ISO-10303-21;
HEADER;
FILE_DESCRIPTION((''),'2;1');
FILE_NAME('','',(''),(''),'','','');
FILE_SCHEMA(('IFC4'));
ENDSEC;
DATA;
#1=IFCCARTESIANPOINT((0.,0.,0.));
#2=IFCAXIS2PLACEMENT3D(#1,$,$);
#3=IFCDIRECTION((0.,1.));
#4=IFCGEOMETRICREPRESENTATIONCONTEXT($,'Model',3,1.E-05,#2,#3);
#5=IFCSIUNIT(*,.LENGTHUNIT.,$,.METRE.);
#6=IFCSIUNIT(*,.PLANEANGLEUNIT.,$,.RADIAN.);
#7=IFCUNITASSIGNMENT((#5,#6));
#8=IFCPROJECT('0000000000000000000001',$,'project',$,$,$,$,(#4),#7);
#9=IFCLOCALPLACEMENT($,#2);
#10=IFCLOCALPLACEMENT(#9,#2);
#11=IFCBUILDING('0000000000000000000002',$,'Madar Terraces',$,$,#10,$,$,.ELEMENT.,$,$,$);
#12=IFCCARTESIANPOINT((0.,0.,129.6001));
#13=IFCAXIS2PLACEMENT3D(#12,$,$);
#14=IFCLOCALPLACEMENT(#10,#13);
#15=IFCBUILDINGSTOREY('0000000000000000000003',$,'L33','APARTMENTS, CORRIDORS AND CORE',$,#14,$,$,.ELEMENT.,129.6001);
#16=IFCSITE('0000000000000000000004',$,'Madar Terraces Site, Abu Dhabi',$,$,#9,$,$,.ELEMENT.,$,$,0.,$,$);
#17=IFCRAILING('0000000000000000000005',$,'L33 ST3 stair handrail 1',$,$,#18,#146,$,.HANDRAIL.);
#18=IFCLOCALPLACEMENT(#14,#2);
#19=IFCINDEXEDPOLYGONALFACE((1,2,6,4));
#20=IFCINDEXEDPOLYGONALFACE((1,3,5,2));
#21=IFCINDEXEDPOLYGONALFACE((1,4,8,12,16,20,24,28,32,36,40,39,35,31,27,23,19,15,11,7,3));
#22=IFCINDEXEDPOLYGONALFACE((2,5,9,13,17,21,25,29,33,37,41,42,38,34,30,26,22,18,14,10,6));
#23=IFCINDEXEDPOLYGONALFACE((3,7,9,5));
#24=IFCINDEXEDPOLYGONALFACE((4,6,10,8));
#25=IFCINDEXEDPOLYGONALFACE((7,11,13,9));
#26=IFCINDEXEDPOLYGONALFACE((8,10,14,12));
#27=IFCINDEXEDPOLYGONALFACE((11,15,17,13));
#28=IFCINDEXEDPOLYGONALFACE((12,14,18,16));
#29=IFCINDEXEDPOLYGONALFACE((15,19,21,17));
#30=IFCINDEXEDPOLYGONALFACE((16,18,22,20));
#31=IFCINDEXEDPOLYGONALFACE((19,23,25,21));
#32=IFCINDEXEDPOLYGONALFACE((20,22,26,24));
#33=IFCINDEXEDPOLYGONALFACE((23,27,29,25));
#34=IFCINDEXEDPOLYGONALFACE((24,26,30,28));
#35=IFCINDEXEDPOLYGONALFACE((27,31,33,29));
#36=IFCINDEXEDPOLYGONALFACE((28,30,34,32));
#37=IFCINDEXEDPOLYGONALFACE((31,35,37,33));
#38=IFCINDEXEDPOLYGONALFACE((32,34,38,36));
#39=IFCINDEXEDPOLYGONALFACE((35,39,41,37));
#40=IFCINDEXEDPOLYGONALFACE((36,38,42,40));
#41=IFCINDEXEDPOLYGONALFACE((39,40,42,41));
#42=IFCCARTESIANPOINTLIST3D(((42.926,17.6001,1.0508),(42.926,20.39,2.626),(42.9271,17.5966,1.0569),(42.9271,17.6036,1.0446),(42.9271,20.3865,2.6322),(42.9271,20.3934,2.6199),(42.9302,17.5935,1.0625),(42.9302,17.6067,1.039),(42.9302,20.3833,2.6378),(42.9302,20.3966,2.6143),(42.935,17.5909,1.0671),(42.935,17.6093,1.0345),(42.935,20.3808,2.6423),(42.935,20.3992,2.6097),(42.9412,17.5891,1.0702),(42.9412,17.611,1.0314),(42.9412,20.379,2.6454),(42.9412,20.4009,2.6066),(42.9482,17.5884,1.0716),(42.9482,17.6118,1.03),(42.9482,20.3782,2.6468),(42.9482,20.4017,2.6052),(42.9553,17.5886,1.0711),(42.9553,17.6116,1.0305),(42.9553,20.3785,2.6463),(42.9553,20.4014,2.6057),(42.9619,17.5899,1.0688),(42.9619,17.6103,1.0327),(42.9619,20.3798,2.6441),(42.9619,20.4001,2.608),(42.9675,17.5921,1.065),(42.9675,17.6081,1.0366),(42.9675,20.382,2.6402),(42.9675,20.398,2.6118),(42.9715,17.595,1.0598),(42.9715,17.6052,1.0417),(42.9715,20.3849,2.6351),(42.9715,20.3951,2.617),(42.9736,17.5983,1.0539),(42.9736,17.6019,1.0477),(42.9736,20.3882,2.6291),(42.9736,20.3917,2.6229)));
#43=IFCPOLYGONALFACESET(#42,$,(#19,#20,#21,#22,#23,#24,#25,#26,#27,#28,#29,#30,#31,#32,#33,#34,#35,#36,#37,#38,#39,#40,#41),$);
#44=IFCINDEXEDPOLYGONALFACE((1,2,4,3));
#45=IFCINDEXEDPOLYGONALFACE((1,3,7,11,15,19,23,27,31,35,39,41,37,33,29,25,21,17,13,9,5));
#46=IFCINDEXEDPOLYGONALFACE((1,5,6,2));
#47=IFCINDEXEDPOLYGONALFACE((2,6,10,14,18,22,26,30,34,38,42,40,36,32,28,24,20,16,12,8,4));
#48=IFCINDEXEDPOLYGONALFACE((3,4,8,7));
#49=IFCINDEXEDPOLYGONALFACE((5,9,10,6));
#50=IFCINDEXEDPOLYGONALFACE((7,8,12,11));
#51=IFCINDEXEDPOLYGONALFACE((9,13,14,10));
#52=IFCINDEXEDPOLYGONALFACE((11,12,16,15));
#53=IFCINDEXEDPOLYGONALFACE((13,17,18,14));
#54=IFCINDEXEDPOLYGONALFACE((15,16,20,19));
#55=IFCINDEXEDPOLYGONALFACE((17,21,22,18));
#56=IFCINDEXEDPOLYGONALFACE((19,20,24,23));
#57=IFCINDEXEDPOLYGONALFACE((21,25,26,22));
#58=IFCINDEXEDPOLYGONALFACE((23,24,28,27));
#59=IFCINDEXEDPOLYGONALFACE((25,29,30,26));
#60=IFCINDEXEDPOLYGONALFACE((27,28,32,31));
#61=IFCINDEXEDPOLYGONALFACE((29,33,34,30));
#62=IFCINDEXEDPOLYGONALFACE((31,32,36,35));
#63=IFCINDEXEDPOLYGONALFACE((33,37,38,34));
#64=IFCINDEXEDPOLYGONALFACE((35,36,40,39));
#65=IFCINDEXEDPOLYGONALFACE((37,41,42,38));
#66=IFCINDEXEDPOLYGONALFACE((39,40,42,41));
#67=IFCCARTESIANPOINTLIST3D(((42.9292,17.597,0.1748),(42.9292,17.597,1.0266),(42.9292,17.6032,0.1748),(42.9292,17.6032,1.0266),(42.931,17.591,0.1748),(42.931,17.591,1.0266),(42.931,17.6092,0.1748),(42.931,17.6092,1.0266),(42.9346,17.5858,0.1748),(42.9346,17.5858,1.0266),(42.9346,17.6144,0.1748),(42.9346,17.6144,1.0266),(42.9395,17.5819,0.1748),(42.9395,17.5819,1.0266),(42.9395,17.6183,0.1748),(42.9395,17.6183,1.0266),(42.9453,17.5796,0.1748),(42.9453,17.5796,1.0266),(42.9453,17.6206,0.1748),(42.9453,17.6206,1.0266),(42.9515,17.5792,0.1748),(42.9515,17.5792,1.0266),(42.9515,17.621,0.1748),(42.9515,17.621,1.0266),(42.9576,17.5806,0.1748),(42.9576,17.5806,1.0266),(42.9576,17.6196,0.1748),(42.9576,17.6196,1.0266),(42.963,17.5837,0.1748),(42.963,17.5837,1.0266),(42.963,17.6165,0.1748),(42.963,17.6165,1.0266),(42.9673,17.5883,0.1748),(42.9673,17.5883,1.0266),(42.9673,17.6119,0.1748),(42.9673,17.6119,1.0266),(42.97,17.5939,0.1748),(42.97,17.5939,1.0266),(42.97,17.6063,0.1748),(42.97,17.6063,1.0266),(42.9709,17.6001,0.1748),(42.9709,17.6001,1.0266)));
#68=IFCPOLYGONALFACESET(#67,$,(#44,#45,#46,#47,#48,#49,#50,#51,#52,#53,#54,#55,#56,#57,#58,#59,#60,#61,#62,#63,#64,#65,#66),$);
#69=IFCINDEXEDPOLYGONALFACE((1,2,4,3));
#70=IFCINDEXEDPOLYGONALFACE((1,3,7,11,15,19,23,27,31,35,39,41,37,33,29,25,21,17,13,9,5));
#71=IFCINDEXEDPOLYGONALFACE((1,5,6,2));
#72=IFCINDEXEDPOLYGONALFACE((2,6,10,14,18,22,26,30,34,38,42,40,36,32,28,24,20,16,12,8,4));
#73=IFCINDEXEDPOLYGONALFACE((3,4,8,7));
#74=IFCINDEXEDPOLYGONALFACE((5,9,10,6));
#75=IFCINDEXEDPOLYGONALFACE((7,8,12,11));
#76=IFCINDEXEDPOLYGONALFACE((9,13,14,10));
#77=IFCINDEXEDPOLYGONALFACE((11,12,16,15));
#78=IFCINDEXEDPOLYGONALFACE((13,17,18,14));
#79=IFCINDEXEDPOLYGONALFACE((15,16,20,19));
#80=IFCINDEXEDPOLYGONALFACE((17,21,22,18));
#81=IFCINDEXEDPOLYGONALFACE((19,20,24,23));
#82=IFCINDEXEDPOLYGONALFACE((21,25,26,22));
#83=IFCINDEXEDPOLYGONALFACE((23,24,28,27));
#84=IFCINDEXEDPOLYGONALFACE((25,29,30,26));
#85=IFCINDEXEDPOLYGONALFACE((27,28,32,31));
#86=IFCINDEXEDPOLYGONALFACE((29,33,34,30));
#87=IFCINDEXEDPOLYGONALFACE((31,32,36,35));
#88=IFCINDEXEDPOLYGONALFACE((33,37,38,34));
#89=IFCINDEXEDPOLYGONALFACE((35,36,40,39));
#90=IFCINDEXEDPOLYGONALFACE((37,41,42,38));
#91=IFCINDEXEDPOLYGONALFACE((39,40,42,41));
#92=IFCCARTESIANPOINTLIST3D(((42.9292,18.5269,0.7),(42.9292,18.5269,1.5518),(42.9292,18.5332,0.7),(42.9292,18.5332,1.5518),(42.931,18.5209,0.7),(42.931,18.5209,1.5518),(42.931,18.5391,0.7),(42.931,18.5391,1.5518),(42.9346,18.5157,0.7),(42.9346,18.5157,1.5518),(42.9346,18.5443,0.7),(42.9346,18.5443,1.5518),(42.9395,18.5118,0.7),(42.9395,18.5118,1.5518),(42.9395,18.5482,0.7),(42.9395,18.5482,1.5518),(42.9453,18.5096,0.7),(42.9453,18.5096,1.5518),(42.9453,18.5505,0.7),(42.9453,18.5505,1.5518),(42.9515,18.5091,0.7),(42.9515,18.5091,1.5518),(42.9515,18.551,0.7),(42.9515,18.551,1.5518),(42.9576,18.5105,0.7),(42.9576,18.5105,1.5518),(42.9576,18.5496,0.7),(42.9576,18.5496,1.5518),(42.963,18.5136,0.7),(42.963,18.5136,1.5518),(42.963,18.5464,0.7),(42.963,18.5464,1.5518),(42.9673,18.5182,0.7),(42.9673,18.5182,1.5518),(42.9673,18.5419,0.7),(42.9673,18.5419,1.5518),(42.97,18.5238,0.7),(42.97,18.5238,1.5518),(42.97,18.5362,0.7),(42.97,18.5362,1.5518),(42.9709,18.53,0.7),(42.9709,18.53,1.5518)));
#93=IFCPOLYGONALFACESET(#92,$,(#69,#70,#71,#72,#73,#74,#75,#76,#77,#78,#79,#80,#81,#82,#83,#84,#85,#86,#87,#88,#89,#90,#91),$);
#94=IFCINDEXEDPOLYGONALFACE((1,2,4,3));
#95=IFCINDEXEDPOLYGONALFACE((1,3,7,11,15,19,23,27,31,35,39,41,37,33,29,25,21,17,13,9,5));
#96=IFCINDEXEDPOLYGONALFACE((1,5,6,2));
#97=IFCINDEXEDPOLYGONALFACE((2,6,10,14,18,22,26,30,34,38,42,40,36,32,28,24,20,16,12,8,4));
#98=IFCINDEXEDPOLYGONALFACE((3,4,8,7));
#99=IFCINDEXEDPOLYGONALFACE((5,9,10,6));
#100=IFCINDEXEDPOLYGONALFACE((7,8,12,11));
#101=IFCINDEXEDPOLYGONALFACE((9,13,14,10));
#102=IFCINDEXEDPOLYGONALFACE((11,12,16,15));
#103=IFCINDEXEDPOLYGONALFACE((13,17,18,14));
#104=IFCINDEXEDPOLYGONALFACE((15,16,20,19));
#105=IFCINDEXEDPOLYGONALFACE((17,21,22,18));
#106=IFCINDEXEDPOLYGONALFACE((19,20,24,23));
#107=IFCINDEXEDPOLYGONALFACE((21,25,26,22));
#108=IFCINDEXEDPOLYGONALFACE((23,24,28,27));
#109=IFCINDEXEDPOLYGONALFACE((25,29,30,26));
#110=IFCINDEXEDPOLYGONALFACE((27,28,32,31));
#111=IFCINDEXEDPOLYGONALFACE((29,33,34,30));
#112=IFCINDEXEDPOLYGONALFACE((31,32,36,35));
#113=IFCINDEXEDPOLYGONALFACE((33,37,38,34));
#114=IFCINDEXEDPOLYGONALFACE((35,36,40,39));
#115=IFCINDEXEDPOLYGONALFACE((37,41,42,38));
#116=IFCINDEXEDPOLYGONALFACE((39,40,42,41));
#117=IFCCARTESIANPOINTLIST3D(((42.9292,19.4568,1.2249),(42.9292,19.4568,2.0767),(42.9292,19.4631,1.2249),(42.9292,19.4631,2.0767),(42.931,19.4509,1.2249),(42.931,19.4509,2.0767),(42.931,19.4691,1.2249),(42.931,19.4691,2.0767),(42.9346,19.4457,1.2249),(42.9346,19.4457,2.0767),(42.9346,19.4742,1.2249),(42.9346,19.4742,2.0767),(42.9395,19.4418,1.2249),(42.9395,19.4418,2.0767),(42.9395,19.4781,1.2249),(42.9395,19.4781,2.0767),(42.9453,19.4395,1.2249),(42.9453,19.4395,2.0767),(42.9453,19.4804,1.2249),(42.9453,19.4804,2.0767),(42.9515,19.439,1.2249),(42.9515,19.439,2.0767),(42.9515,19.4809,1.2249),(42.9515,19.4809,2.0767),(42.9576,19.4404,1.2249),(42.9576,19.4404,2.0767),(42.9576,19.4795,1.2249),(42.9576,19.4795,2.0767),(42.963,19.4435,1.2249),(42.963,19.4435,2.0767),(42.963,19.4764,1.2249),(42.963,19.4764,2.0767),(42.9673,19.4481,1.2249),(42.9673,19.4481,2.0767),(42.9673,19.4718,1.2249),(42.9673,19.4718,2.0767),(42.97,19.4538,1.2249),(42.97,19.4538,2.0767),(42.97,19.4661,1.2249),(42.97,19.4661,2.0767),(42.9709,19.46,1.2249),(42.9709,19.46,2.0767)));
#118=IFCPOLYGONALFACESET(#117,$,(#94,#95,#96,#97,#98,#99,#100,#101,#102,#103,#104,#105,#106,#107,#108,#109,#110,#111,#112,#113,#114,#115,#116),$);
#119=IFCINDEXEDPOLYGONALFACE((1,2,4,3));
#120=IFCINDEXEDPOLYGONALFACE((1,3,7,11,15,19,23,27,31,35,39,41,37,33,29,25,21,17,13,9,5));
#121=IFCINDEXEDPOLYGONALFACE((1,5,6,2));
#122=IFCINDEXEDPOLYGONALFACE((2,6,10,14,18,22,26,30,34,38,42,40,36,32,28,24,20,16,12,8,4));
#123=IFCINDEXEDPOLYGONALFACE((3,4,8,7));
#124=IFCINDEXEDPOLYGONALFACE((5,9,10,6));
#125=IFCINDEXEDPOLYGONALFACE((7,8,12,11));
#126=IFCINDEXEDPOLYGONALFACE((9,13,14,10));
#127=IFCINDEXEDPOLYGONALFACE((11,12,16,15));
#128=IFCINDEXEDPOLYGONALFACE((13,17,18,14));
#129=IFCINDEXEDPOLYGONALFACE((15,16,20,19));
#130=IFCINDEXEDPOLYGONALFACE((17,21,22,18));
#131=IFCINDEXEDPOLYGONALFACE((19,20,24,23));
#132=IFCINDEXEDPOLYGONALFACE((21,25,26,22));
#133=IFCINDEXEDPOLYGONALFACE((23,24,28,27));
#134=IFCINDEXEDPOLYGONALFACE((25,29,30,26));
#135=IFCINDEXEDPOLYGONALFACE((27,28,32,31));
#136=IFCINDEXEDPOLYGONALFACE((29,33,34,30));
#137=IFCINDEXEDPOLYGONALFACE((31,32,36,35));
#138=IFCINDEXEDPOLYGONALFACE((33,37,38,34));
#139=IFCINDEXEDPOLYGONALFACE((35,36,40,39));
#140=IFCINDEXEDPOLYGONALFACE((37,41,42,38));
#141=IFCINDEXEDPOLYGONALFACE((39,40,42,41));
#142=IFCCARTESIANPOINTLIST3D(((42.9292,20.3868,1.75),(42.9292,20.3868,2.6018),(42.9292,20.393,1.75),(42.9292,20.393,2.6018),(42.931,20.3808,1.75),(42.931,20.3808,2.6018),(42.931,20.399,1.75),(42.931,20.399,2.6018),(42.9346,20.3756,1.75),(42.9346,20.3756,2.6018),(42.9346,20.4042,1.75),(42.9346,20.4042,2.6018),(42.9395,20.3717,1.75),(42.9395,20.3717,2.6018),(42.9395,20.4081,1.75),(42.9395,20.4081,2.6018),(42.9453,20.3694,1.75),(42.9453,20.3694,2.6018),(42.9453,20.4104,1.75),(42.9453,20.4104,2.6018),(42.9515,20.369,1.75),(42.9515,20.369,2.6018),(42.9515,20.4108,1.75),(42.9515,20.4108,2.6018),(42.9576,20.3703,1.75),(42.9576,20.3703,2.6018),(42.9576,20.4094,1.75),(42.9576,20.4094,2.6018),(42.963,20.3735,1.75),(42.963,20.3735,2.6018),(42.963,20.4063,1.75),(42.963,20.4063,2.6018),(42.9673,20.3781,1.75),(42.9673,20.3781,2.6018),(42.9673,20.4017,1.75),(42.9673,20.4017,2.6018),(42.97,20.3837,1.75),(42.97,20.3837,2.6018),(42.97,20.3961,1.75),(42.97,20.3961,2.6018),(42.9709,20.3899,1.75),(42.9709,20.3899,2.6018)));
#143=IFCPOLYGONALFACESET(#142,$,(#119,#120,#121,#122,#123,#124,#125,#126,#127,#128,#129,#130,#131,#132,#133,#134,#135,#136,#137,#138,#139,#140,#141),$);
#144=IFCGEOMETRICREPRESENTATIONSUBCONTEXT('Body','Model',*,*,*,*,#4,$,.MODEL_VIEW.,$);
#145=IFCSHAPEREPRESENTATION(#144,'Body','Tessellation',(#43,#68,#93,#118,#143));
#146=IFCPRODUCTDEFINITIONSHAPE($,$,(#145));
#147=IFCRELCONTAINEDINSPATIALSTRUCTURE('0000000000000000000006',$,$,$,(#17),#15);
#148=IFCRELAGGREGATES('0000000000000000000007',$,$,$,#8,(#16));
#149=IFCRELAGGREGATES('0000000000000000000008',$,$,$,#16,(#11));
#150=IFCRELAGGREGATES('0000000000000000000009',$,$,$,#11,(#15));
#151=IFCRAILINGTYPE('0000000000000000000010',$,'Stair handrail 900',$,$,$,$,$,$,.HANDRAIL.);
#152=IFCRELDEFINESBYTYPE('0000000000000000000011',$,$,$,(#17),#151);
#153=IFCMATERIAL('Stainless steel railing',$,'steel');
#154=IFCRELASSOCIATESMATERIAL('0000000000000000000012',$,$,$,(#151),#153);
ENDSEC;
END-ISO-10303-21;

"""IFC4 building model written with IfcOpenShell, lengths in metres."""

from ifc_helpers import new_model, si_unit, direction, frame, origin, origin_2d, place, context, subcontext, project, spatial, circle, extrude, material, type_object, element, save


model = new_model("IFC4")

# Units and contexts
model_context = context("Model", 3, precision=1e-05, world=origin(), true_north=direction((0.0, 1.0)))
body_context = subcontext(model_context, "Body", "Model", "MODEL_VIEW")
ifc_project = project(units=[si_unit("LENGTHUNIT", "METRE"), si_unit("PLANEANGLEUNIT", "RADIAN")], contexts=[model_context])

# Site, building, storey
site_placement = place(None, origin())
site = spatial("IfcSite", under=ifc_project, at=site_placement, Name="Madar Terraces Site, Abu Dhabi", CompositionType="ELEMENT", RefElevation=0.0)
building_placement = place(site_placement, origin())
building = spatial("IfcBuilding", under=site, at=building_placement, Name="Madar Terraces", CompositionType="ELEMENT")
storey_placement = place(building_placement, frame((0.0, 0.0, 129.6001)))
storey = spatial("IfcBuildingStorey", under=building, at=storey_placement, Name="L33", Description="APARTMENTS, CORRIDORS AND CORE", CompositionType="ELEMENT", Elevation=129.6001)

# Railing
ifc_material_1 = material(Name="Stainless steel railing", Category="steel")
railing_type_1 = type_object("IfcRailingType", Name="Stair handrail 900", PredefinedType="HANDRAIL", material=ifc_material_1)
railing_1_placement = place(storey_placement, frame((42.95, 17.6001, 0.1748)))
element("IfcRailing", 1, at=railing_1_placement, inside=storey, type_object=railing_type_1, Name="L33 ST3 stair handrail 1", PredefinedType="HANDRAIL", context=body_context, shape_type="SweptSolid", body=[
    extrude(circle(Radius=0.0239, at=origin_2d()), frame((0.0, 0.0, 0.876), z_axis=(0.0, 0.870783, 0.491668), x_axis=(-1.0, 0.0, 0.0)), (0.0, 0.0, 1.0), 3.2039),
    extrude(circle(Radius=0.021, at=origin_2d()), origin(), (0.0, 0.0, 1.0), 0.8518),
    extrude(circle(Radius=0.021, at=origin_2d()), frame((0.0, 0.9299, 0.5251)), (0.0, 0.0, 1.0), 0.8518),
    extrude(circle(Radius=0.021, at=origin_2d()), frame((0.0, 1.8599, 1.05)), (0.0, 0.0, 1.0), 0.8518),
    extrude(circle(Radius=0.021, at=origin_2d()), frame((0.0, 2.7898, 1.5752)), (0.0, 0.0, 1.0), 0.8518),
])

save(model, "model.ifc")
